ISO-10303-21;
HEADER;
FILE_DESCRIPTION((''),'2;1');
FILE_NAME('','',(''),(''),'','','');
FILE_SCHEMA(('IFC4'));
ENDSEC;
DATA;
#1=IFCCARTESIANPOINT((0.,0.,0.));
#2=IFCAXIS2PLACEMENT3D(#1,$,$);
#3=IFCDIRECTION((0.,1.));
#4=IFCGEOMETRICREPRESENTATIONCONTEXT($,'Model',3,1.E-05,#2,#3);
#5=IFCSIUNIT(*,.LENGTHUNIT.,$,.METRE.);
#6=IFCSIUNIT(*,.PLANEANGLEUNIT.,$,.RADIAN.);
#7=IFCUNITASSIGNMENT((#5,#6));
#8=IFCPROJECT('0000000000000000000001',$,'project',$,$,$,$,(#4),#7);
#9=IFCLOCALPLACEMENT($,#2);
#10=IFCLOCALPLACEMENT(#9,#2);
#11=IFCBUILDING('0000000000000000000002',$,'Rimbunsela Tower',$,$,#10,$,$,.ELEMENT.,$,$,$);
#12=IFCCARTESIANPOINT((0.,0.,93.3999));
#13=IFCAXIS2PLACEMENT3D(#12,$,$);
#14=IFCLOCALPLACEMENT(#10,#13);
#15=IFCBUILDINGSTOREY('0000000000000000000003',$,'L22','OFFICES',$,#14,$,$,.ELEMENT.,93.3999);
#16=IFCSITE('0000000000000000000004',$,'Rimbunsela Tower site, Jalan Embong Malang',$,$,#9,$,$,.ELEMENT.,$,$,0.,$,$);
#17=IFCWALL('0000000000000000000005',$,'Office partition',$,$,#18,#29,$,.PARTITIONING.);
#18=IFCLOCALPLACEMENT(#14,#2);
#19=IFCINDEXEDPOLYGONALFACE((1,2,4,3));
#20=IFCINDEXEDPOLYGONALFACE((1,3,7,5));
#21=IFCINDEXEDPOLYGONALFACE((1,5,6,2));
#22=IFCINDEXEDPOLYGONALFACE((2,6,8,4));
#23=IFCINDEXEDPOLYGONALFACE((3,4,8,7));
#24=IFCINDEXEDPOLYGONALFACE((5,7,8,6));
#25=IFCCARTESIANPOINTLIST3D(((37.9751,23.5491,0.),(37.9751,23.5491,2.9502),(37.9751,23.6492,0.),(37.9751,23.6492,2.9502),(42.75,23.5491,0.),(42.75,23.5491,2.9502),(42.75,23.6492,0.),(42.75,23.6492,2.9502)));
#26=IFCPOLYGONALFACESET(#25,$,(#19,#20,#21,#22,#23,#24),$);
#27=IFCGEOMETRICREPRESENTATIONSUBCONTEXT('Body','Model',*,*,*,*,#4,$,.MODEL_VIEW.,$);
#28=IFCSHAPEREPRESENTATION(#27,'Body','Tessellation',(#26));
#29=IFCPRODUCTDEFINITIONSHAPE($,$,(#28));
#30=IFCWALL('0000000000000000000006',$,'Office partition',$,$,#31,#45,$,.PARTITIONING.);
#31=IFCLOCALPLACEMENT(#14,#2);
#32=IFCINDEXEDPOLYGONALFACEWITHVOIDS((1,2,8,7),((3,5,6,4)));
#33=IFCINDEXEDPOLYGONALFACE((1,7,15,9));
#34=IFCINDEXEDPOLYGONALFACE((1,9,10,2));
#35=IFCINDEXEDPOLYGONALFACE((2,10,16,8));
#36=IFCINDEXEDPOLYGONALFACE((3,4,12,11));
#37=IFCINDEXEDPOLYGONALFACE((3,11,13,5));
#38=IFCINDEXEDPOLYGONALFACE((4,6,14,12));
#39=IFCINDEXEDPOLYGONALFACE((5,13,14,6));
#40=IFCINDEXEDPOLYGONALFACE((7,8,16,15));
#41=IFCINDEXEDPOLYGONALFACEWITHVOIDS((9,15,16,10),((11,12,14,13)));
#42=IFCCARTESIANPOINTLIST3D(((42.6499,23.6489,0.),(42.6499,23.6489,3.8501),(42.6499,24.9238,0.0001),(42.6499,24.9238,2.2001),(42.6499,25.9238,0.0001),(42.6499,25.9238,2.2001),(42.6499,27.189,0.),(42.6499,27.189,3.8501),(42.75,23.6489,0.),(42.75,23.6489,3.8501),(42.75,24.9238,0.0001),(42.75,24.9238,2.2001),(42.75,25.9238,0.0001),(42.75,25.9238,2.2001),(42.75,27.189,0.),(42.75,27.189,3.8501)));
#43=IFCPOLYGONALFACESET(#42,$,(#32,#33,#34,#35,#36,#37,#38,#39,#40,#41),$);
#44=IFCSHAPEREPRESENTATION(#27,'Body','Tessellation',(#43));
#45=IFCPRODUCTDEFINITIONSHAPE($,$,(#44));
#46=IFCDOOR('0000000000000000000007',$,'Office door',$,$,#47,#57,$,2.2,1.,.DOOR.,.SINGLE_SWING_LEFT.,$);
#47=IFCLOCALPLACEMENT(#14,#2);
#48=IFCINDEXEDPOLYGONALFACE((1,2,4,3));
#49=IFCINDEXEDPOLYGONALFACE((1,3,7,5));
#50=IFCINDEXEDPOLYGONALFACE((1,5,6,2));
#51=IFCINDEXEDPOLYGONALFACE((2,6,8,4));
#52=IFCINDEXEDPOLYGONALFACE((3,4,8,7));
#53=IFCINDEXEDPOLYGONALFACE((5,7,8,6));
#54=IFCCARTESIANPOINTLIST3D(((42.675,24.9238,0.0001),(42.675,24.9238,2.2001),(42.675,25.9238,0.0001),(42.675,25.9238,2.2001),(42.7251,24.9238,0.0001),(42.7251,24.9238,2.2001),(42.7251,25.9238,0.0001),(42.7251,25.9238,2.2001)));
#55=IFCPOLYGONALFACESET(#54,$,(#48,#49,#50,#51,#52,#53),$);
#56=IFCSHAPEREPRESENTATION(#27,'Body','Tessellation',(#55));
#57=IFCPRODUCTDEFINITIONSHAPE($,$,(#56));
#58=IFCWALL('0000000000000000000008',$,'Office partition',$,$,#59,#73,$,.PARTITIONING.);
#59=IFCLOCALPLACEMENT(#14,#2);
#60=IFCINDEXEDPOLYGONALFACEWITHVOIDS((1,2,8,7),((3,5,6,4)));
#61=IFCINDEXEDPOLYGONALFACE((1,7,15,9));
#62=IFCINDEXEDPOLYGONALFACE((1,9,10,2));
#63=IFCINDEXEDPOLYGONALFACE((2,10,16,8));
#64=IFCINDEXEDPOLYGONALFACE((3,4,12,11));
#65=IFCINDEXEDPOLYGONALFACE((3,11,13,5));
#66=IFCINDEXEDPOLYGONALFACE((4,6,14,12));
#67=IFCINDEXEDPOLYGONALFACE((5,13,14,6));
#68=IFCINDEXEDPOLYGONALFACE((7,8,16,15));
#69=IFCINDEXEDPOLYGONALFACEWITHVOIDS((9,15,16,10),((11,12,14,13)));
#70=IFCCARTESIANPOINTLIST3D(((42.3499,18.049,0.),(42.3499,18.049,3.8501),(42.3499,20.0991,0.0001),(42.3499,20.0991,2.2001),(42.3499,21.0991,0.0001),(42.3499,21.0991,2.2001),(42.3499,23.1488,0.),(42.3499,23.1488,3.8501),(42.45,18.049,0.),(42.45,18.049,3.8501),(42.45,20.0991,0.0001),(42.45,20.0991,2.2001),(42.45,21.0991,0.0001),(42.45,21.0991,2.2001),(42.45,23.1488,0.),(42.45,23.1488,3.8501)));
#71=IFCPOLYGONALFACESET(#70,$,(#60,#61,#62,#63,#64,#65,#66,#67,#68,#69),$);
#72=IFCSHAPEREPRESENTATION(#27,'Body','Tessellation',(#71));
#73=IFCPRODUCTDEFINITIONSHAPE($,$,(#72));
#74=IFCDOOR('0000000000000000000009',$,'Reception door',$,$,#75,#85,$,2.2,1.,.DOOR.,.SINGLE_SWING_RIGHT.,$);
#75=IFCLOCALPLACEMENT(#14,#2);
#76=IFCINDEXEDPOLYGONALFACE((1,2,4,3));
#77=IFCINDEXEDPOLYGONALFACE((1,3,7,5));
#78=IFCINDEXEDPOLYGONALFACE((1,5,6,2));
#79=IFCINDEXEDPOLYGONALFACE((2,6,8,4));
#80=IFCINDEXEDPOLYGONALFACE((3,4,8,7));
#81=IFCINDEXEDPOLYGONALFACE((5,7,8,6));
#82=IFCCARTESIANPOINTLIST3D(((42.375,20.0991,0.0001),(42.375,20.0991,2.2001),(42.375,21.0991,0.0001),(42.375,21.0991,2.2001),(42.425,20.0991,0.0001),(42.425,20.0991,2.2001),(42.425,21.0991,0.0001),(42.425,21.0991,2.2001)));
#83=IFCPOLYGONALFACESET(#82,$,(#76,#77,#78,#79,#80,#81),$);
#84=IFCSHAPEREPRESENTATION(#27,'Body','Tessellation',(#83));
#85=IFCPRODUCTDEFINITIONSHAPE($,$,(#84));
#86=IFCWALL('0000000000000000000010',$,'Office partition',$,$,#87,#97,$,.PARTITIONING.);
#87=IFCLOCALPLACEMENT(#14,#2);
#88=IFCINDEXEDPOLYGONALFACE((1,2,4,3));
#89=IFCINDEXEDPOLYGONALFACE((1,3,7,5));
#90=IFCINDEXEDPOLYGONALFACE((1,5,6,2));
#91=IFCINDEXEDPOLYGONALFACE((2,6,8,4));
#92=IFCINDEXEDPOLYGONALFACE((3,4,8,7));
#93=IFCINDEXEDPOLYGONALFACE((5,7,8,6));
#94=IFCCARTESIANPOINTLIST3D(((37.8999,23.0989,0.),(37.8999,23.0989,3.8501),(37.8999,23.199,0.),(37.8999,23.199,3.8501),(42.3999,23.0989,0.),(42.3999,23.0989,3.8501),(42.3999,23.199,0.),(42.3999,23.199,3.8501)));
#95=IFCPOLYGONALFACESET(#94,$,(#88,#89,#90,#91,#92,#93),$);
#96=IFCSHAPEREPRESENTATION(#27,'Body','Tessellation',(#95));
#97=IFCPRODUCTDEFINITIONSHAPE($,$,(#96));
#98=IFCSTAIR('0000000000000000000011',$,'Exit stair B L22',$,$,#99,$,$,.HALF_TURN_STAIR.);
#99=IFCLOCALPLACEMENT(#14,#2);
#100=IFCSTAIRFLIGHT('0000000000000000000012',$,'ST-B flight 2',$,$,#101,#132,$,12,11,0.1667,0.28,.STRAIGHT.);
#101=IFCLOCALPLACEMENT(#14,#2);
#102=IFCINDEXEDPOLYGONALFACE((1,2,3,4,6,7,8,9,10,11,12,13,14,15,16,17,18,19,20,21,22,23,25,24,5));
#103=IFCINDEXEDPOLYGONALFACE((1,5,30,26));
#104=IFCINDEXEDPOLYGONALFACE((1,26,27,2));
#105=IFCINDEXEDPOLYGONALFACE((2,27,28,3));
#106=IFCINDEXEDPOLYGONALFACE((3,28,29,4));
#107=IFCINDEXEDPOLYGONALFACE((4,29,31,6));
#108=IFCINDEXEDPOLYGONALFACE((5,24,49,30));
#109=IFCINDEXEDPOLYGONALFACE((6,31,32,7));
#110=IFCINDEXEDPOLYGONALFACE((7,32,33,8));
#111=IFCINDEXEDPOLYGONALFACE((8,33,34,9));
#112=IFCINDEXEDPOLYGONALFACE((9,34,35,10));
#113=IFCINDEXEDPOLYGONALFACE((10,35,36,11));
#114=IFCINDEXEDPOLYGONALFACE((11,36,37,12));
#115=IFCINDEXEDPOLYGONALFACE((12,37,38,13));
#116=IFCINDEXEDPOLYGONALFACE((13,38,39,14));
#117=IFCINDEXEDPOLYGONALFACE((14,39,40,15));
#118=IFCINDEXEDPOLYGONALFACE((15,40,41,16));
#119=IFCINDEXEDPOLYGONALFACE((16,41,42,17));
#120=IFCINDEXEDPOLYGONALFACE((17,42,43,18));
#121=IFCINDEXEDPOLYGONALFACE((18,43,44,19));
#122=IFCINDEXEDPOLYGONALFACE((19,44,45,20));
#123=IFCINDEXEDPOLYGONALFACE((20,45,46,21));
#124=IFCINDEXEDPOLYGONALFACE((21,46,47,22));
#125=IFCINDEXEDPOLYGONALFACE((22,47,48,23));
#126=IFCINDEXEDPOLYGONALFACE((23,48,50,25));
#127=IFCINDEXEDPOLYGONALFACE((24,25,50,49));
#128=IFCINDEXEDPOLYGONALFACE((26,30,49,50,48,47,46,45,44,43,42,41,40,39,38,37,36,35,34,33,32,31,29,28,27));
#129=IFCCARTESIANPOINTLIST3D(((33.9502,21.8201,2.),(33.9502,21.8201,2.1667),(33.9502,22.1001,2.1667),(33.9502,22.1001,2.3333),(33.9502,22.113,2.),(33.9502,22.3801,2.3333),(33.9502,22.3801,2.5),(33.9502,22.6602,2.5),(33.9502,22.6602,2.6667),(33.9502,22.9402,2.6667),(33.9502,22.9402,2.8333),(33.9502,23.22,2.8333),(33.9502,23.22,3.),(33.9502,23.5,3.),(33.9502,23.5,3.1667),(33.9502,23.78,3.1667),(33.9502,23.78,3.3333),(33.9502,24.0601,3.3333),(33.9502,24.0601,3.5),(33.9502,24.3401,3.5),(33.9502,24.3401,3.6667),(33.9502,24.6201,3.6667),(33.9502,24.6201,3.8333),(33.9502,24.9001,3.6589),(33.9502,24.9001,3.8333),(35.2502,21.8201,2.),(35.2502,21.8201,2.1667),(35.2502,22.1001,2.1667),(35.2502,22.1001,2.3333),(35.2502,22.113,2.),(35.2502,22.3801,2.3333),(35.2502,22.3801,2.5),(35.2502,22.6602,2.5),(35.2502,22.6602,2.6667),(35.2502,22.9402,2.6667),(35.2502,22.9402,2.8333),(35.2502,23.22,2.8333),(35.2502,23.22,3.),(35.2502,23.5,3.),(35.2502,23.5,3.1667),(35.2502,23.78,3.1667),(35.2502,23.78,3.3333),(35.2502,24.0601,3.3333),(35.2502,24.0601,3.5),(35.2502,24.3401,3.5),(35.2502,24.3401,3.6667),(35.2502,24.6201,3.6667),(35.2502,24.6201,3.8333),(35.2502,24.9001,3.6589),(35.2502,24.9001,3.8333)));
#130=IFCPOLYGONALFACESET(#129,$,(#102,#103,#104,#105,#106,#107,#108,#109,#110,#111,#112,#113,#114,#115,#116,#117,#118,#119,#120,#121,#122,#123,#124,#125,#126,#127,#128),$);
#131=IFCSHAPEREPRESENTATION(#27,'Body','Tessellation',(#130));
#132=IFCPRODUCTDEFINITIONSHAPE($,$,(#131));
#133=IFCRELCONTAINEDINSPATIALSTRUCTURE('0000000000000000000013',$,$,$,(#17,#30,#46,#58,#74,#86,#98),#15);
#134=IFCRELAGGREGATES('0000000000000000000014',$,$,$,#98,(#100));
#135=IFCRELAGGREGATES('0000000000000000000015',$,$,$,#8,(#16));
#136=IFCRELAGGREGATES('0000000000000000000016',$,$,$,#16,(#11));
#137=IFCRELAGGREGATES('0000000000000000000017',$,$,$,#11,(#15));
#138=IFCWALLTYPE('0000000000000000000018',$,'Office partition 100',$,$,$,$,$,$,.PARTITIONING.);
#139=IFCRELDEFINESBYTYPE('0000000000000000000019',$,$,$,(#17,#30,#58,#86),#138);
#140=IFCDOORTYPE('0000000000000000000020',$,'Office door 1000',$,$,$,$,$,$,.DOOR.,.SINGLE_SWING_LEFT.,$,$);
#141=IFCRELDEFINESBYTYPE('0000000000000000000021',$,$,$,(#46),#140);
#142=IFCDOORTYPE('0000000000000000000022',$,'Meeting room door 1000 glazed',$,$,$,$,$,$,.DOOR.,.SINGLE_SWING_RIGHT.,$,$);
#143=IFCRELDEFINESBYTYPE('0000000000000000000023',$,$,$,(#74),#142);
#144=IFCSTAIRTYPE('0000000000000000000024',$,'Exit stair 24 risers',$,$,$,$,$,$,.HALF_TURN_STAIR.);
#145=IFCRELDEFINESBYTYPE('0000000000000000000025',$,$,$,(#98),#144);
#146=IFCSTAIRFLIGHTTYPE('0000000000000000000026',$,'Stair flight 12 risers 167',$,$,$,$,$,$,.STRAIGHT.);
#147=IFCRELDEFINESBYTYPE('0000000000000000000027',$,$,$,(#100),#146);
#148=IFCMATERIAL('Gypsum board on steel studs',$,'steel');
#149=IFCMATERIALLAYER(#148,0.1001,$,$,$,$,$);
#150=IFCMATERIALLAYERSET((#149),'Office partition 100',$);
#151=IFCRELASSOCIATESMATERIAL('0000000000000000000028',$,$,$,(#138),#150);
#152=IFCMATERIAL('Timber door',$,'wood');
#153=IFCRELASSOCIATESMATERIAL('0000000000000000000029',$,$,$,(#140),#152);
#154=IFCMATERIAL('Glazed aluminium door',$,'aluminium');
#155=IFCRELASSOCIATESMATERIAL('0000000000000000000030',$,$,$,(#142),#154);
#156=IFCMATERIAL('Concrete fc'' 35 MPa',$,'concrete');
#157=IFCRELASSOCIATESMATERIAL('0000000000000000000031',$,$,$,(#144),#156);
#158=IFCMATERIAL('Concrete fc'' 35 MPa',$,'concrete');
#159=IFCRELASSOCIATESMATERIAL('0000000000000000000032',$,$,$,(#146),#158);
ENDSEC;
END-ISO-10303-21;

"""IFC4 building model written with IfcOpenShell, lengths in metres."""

from ifc_helpers import new_model, si_unit, direction, frame, frame_2d, origin, place, context, subcontext, project, spatial, polyline, rectangle, outline, extrude, material, layer, layer_set, type_object, element, fill, aggregate, save


model = new_model("IFC4")

# Units and contexts
model_context = context("Model", 3, precision=1e-05, world=origin(), true_north=direction((0.0, 1.0)))
body_context = subcontext(model_context, "Body", "Model", "MODEL_VIEW")
ifc_project = project(units=[si_unit("LENGTHUNIT", "METRE"), si_unit("PLANEANGLEUNIT", "RADIAN")], contexts=[model_context])

# Site, building, storey
site_placement = place(None, origin())
site = spatial("IfcSite", under=ifc_project, at=site_placement, Name="Rimbunsela Tower site, Jalan Embong Malang", CompositionType="ELEMENT", RefElevation=0.0)
building_placement = place(site_placement, origin())
building = spatial("IfcBuilding", under=site, at=building_placement, Name="Rimbunsela Tower", CompositionType="ELEMENT")
storey_placement = place(building_placement, frame((0.0, 0.0, 93.3999)))
storey = spatial("IfcBuildingStorey", under=building, at=storey_placement, Name="L22", Description="OFFICES", CompositionType="ELEMENT", Elevation=93.3999)

# Wall
ifc_material_1 = material(Name="Gypsum board on steel studs", Category="steel")
ifc_layer_1 = layer(ifc_material_1, 0.1001)
ifc_layer_set_1 = layer_set([ifc_layer_1], Name="Office partition 100")
wall_type_1 = type_object("IfcWallType", Name="Office partition 100", PredefinedType="PARTITIONING", material=ifc_layer_set_1)
wall_1_placement = place(storey_placement, frame((37.9751, 23.5991, 0.0), z_axis=(0.0, 0.0, 1.0), x_axis=(1.0, 0.0, 0.0)))
element("IfcWall", 1, at=wall_1_placement, inside=storey, type_object=wall_type_1, Name="Office partition", PredefinedType="PARTITIONING", context=body_context, shape_type="SweptSolid", body=[
    extrude(rectangle(XDim=4.7749, YDim=0.1001, at=frame_2d((2.3875, 0.0))), origin(), (0.0, 0.0, 1.0), 2.9502),
])

# Walls, openings, doors
wall_2_placement = place(storey_placement, frame((42.7, 23.6489, 0.0), z_axis=(0.0, 0.0, 1.0), x_axis=(0.0, 1.0, 0.0)))
wall_2 = element("IfcWall", 2, at=wall_2_placement, inside=storey, type_object=wall_type_1, Name="Office partition", PredefinedType="PARTITIONING", context=body_context, shape_type="SweptSolid", body=[
    extrude(rectangle(XDim=3.54, YDim=0.1001, at=frame_2d((1.77, 0.0))), origin(), (0.0, 0.0, 1.0), 3.8501),
])
opening_1_placement = place(wall_2_placement, frame((1.2749, 0.0, 0.0)))
opening_1 = element("IfcOpeningElement", 3, at=opening_1_placement, cuts=wall_2, PredefinedType="OPENING", context=body_context, shape_type="SweptSolid", body=[
    extrude(rectangle(XDim=1.0, YDim=2.2, at=frame_2d((0.5, 1.1001))), frame((0.0, 0.0601, 0.0), z_axis=(0.0, -1.0, 0.0), x_axis=(1.0, 0.0, 0.0)), (0.0, 0.0, 1.0), 0.1201),
])
ifc_material_2 = material(Name="Timber door", Category="wood")
door_type_1 = type_object("IfcDoorType", Name="Office door 1000", OperationType="SINGLE_SWING_LEFT", PredefinedType="DOOR", material=ifc_material_2)
door_1_placement = place(opening_1_placement, origin())
door_1 = element("IfcDoor", 4, at=door_1_placement, inside=storey, type_object=door_type_1, Name="Office door", OperationType="SINGLE_SWING_LEFT", OverallHeight=2.2, OverallWidth=1.0, PredefinedType="DOOR", context=body_context, shape_type="SweptSolid", body=[
    extrude(rectangle(XDim=1.0, YDim=2.2, at=frame_2d((0.5, 1.1001))), frame((0.0, 0.0249, 0.0), z_axis=(0.0, -1.0, 0.0), x_axis=(1.0, 0.0, 0.0)), (0.0, 0.0, 1.0), 0.05),
])
fill(opening_1, door_1)
wall_3_placement = place(storey_placement, frame((42.3999, 18.0491, 0.0), z_axis=(0.0, 0.0, 1.0), x_axis=(0.0, 1.0, 0.0)))
wall_3 = element("IfcWall", 5, at=wall_3_placement, inside=storey, type_object=wall_type_1, Name="Office partition", PredefinedType="PARTITIONING", context=body_context, shape_type="SweptSolid", body=[
    extrude(rectangle(XDim=5.0999, YDim=0.1001, at=frame_2d((2.5498, 0.0))), origin(), (0.0, 0.0, 1.0), 3.8501),
])
opening_2_placement = place(wall_3_placement, frame((2.05, 0.0, 0.0)))
opening_2 = element("IfcOpeningElement", 6, at=opening_2_placement, cuts=wall_3, PredefinedType="OPENING", context=body_context, shape_type="SweptSolid", body=[
    extrude(rectangle(XDim=1.0, YDim=2.2, at=frame_2d((0.5, 1.1001))), frame((0.0, 0.0601, 0.0), z_axis=(0.0, -1.0, 0.0), x_axis=(1.0, 0.0, 0.0)), (0.0, 0.0, 1.0), 0.1201),
])
ifc_material_3 = material(Name="Glazed aluminium door", Category="aluminium")
door_type_2 = type_object("IfcDoorType", Name="Meeting room door 1000 glazed", OperationType="SINGLE_SWING_RIGHT", PredefinedType="DOOR", material=ifc_material_3)
door_2_placement = place(opening_2_placement, origin())
door_2 = element("IfcDoor", 7, at=door_2_placement, inside=storey, type_object=door_type_2, Name="Reception door", OperationType="SINGLE_SWING_RIGHT", OverallHeight=2.2, OverallWidth=1.0, PredefinedType="DOOR", context=body_context, shape_type="SweptSolid", body=[
    extrude(rectangle(XDim=1.0, YDim=2.2, at=frame_2d((0.5, 1.1001))), frame((0.0, 0.0249, 0.0), z_axis=(0.0, -1.0, 0.0), x_axis=(1.0, 0.0, 0.0)), (0.0, 0.0, 1.0), 0.05),
])
fill(opening_2, door_2)

# Wall
wall_4_placement = place(storey_placement, frame((42.3999, 23.1489, 0.0), z_axis=(0.0, 0.0, 1.0), x_axis=(-1.0, 0.0, 0.0)))
element("IfcWall", 8, at=wall_4_placement, inside=storey, type_object=wall_type_1, Name="Office partition", PredefinedType="PARTITIONING", context=body_context, shape_type="SweptSolid", body=[
    extrude(rectangle(XDim=4.5, YDim=0.1001, at=frame_2d((2.25, 0.0))), origin(), (0.0, 0.0, 1.0), 3.8501),
])

# Stair, stair flight
ifc_material_4 = material(Name="Concrete fc' 35 MPa", Category="concrete")
stair_type = type_object("IfcStairType", Name="Exit stair 24 risers", PredefinedType="HALF_TURN_STAIR", material=ifc_material_4)
stair_placement = place(storey_placement, origin())
stair = element("IfcStair", 9, at=stair_placement, inside=storey, type_object=stair_type, Name="Exit stair B L22", PredefinedType="HALF_TURN_STAIR")
ifc_material_5 = material(Name="Concrete fc' 35 MPa", Category="concrete")
stair_flight_type = type_object("IfcStairFlightType", Name="Stair flight 12 risers 167", PredefinedType="STRAIGHT", material=ifc_material_5)
stair_flight_placement = place(storey_placement, frame((34.6001, 21.8201, 2.0), z_axis=(0.0, 0.0, 1.0), x_axis=(0.0, 1.0, 0.0)))
stair_flight = element("IfcStairFlight", 10, at=stair_flight_placement, type_object=stair_flight_type, Name="ST-B flight 2", NumberOfRisers=12, NumberOfTreads=11, PredefinedType="STRAIGHT", RiserHeight=0.1667, TreadLength=0.28, context=body_context, shape_type="SweptSolid", body=[
    extrude(outline(polyline([(0.0, 0.0), (0.0, 0.1667), (0.28, 0.1667), (0.28, 0.3333), (0.5601, 0.3333), (0.5601, 0.5), (0.8401, 0.5), (0.8401, 0.6667), (1.1201, 0.6667), (1.1201, 0.8333), (1.3999, 0.8333), (1.3999, 1.0), (1.6799, 1.0), (1.6799, 1.1667), (1.96, 1.1667), (1.96, 1.3333), (2.24, 1.3333), (2.24, 1.5), (2.52, 1.5), (2.52, 1.6667), (2.8, 1.6667), (2.8, 1.8333), (3.0801, 1.8333), (3.0801, 2.0), (3.0801, 1.6589), (0.293, 0.0), (0.0, 0.0)])), frame((0.0, 0.6499, 0.0), z_axis=(0.0, -1.0, 0.0), x_axis=(1.0, 0.0, 0.0)), (0.0, 0.0, 1.0), 1.3),
])
aggregate(stair, [stair_flight])

save(model, "model.ifc")
